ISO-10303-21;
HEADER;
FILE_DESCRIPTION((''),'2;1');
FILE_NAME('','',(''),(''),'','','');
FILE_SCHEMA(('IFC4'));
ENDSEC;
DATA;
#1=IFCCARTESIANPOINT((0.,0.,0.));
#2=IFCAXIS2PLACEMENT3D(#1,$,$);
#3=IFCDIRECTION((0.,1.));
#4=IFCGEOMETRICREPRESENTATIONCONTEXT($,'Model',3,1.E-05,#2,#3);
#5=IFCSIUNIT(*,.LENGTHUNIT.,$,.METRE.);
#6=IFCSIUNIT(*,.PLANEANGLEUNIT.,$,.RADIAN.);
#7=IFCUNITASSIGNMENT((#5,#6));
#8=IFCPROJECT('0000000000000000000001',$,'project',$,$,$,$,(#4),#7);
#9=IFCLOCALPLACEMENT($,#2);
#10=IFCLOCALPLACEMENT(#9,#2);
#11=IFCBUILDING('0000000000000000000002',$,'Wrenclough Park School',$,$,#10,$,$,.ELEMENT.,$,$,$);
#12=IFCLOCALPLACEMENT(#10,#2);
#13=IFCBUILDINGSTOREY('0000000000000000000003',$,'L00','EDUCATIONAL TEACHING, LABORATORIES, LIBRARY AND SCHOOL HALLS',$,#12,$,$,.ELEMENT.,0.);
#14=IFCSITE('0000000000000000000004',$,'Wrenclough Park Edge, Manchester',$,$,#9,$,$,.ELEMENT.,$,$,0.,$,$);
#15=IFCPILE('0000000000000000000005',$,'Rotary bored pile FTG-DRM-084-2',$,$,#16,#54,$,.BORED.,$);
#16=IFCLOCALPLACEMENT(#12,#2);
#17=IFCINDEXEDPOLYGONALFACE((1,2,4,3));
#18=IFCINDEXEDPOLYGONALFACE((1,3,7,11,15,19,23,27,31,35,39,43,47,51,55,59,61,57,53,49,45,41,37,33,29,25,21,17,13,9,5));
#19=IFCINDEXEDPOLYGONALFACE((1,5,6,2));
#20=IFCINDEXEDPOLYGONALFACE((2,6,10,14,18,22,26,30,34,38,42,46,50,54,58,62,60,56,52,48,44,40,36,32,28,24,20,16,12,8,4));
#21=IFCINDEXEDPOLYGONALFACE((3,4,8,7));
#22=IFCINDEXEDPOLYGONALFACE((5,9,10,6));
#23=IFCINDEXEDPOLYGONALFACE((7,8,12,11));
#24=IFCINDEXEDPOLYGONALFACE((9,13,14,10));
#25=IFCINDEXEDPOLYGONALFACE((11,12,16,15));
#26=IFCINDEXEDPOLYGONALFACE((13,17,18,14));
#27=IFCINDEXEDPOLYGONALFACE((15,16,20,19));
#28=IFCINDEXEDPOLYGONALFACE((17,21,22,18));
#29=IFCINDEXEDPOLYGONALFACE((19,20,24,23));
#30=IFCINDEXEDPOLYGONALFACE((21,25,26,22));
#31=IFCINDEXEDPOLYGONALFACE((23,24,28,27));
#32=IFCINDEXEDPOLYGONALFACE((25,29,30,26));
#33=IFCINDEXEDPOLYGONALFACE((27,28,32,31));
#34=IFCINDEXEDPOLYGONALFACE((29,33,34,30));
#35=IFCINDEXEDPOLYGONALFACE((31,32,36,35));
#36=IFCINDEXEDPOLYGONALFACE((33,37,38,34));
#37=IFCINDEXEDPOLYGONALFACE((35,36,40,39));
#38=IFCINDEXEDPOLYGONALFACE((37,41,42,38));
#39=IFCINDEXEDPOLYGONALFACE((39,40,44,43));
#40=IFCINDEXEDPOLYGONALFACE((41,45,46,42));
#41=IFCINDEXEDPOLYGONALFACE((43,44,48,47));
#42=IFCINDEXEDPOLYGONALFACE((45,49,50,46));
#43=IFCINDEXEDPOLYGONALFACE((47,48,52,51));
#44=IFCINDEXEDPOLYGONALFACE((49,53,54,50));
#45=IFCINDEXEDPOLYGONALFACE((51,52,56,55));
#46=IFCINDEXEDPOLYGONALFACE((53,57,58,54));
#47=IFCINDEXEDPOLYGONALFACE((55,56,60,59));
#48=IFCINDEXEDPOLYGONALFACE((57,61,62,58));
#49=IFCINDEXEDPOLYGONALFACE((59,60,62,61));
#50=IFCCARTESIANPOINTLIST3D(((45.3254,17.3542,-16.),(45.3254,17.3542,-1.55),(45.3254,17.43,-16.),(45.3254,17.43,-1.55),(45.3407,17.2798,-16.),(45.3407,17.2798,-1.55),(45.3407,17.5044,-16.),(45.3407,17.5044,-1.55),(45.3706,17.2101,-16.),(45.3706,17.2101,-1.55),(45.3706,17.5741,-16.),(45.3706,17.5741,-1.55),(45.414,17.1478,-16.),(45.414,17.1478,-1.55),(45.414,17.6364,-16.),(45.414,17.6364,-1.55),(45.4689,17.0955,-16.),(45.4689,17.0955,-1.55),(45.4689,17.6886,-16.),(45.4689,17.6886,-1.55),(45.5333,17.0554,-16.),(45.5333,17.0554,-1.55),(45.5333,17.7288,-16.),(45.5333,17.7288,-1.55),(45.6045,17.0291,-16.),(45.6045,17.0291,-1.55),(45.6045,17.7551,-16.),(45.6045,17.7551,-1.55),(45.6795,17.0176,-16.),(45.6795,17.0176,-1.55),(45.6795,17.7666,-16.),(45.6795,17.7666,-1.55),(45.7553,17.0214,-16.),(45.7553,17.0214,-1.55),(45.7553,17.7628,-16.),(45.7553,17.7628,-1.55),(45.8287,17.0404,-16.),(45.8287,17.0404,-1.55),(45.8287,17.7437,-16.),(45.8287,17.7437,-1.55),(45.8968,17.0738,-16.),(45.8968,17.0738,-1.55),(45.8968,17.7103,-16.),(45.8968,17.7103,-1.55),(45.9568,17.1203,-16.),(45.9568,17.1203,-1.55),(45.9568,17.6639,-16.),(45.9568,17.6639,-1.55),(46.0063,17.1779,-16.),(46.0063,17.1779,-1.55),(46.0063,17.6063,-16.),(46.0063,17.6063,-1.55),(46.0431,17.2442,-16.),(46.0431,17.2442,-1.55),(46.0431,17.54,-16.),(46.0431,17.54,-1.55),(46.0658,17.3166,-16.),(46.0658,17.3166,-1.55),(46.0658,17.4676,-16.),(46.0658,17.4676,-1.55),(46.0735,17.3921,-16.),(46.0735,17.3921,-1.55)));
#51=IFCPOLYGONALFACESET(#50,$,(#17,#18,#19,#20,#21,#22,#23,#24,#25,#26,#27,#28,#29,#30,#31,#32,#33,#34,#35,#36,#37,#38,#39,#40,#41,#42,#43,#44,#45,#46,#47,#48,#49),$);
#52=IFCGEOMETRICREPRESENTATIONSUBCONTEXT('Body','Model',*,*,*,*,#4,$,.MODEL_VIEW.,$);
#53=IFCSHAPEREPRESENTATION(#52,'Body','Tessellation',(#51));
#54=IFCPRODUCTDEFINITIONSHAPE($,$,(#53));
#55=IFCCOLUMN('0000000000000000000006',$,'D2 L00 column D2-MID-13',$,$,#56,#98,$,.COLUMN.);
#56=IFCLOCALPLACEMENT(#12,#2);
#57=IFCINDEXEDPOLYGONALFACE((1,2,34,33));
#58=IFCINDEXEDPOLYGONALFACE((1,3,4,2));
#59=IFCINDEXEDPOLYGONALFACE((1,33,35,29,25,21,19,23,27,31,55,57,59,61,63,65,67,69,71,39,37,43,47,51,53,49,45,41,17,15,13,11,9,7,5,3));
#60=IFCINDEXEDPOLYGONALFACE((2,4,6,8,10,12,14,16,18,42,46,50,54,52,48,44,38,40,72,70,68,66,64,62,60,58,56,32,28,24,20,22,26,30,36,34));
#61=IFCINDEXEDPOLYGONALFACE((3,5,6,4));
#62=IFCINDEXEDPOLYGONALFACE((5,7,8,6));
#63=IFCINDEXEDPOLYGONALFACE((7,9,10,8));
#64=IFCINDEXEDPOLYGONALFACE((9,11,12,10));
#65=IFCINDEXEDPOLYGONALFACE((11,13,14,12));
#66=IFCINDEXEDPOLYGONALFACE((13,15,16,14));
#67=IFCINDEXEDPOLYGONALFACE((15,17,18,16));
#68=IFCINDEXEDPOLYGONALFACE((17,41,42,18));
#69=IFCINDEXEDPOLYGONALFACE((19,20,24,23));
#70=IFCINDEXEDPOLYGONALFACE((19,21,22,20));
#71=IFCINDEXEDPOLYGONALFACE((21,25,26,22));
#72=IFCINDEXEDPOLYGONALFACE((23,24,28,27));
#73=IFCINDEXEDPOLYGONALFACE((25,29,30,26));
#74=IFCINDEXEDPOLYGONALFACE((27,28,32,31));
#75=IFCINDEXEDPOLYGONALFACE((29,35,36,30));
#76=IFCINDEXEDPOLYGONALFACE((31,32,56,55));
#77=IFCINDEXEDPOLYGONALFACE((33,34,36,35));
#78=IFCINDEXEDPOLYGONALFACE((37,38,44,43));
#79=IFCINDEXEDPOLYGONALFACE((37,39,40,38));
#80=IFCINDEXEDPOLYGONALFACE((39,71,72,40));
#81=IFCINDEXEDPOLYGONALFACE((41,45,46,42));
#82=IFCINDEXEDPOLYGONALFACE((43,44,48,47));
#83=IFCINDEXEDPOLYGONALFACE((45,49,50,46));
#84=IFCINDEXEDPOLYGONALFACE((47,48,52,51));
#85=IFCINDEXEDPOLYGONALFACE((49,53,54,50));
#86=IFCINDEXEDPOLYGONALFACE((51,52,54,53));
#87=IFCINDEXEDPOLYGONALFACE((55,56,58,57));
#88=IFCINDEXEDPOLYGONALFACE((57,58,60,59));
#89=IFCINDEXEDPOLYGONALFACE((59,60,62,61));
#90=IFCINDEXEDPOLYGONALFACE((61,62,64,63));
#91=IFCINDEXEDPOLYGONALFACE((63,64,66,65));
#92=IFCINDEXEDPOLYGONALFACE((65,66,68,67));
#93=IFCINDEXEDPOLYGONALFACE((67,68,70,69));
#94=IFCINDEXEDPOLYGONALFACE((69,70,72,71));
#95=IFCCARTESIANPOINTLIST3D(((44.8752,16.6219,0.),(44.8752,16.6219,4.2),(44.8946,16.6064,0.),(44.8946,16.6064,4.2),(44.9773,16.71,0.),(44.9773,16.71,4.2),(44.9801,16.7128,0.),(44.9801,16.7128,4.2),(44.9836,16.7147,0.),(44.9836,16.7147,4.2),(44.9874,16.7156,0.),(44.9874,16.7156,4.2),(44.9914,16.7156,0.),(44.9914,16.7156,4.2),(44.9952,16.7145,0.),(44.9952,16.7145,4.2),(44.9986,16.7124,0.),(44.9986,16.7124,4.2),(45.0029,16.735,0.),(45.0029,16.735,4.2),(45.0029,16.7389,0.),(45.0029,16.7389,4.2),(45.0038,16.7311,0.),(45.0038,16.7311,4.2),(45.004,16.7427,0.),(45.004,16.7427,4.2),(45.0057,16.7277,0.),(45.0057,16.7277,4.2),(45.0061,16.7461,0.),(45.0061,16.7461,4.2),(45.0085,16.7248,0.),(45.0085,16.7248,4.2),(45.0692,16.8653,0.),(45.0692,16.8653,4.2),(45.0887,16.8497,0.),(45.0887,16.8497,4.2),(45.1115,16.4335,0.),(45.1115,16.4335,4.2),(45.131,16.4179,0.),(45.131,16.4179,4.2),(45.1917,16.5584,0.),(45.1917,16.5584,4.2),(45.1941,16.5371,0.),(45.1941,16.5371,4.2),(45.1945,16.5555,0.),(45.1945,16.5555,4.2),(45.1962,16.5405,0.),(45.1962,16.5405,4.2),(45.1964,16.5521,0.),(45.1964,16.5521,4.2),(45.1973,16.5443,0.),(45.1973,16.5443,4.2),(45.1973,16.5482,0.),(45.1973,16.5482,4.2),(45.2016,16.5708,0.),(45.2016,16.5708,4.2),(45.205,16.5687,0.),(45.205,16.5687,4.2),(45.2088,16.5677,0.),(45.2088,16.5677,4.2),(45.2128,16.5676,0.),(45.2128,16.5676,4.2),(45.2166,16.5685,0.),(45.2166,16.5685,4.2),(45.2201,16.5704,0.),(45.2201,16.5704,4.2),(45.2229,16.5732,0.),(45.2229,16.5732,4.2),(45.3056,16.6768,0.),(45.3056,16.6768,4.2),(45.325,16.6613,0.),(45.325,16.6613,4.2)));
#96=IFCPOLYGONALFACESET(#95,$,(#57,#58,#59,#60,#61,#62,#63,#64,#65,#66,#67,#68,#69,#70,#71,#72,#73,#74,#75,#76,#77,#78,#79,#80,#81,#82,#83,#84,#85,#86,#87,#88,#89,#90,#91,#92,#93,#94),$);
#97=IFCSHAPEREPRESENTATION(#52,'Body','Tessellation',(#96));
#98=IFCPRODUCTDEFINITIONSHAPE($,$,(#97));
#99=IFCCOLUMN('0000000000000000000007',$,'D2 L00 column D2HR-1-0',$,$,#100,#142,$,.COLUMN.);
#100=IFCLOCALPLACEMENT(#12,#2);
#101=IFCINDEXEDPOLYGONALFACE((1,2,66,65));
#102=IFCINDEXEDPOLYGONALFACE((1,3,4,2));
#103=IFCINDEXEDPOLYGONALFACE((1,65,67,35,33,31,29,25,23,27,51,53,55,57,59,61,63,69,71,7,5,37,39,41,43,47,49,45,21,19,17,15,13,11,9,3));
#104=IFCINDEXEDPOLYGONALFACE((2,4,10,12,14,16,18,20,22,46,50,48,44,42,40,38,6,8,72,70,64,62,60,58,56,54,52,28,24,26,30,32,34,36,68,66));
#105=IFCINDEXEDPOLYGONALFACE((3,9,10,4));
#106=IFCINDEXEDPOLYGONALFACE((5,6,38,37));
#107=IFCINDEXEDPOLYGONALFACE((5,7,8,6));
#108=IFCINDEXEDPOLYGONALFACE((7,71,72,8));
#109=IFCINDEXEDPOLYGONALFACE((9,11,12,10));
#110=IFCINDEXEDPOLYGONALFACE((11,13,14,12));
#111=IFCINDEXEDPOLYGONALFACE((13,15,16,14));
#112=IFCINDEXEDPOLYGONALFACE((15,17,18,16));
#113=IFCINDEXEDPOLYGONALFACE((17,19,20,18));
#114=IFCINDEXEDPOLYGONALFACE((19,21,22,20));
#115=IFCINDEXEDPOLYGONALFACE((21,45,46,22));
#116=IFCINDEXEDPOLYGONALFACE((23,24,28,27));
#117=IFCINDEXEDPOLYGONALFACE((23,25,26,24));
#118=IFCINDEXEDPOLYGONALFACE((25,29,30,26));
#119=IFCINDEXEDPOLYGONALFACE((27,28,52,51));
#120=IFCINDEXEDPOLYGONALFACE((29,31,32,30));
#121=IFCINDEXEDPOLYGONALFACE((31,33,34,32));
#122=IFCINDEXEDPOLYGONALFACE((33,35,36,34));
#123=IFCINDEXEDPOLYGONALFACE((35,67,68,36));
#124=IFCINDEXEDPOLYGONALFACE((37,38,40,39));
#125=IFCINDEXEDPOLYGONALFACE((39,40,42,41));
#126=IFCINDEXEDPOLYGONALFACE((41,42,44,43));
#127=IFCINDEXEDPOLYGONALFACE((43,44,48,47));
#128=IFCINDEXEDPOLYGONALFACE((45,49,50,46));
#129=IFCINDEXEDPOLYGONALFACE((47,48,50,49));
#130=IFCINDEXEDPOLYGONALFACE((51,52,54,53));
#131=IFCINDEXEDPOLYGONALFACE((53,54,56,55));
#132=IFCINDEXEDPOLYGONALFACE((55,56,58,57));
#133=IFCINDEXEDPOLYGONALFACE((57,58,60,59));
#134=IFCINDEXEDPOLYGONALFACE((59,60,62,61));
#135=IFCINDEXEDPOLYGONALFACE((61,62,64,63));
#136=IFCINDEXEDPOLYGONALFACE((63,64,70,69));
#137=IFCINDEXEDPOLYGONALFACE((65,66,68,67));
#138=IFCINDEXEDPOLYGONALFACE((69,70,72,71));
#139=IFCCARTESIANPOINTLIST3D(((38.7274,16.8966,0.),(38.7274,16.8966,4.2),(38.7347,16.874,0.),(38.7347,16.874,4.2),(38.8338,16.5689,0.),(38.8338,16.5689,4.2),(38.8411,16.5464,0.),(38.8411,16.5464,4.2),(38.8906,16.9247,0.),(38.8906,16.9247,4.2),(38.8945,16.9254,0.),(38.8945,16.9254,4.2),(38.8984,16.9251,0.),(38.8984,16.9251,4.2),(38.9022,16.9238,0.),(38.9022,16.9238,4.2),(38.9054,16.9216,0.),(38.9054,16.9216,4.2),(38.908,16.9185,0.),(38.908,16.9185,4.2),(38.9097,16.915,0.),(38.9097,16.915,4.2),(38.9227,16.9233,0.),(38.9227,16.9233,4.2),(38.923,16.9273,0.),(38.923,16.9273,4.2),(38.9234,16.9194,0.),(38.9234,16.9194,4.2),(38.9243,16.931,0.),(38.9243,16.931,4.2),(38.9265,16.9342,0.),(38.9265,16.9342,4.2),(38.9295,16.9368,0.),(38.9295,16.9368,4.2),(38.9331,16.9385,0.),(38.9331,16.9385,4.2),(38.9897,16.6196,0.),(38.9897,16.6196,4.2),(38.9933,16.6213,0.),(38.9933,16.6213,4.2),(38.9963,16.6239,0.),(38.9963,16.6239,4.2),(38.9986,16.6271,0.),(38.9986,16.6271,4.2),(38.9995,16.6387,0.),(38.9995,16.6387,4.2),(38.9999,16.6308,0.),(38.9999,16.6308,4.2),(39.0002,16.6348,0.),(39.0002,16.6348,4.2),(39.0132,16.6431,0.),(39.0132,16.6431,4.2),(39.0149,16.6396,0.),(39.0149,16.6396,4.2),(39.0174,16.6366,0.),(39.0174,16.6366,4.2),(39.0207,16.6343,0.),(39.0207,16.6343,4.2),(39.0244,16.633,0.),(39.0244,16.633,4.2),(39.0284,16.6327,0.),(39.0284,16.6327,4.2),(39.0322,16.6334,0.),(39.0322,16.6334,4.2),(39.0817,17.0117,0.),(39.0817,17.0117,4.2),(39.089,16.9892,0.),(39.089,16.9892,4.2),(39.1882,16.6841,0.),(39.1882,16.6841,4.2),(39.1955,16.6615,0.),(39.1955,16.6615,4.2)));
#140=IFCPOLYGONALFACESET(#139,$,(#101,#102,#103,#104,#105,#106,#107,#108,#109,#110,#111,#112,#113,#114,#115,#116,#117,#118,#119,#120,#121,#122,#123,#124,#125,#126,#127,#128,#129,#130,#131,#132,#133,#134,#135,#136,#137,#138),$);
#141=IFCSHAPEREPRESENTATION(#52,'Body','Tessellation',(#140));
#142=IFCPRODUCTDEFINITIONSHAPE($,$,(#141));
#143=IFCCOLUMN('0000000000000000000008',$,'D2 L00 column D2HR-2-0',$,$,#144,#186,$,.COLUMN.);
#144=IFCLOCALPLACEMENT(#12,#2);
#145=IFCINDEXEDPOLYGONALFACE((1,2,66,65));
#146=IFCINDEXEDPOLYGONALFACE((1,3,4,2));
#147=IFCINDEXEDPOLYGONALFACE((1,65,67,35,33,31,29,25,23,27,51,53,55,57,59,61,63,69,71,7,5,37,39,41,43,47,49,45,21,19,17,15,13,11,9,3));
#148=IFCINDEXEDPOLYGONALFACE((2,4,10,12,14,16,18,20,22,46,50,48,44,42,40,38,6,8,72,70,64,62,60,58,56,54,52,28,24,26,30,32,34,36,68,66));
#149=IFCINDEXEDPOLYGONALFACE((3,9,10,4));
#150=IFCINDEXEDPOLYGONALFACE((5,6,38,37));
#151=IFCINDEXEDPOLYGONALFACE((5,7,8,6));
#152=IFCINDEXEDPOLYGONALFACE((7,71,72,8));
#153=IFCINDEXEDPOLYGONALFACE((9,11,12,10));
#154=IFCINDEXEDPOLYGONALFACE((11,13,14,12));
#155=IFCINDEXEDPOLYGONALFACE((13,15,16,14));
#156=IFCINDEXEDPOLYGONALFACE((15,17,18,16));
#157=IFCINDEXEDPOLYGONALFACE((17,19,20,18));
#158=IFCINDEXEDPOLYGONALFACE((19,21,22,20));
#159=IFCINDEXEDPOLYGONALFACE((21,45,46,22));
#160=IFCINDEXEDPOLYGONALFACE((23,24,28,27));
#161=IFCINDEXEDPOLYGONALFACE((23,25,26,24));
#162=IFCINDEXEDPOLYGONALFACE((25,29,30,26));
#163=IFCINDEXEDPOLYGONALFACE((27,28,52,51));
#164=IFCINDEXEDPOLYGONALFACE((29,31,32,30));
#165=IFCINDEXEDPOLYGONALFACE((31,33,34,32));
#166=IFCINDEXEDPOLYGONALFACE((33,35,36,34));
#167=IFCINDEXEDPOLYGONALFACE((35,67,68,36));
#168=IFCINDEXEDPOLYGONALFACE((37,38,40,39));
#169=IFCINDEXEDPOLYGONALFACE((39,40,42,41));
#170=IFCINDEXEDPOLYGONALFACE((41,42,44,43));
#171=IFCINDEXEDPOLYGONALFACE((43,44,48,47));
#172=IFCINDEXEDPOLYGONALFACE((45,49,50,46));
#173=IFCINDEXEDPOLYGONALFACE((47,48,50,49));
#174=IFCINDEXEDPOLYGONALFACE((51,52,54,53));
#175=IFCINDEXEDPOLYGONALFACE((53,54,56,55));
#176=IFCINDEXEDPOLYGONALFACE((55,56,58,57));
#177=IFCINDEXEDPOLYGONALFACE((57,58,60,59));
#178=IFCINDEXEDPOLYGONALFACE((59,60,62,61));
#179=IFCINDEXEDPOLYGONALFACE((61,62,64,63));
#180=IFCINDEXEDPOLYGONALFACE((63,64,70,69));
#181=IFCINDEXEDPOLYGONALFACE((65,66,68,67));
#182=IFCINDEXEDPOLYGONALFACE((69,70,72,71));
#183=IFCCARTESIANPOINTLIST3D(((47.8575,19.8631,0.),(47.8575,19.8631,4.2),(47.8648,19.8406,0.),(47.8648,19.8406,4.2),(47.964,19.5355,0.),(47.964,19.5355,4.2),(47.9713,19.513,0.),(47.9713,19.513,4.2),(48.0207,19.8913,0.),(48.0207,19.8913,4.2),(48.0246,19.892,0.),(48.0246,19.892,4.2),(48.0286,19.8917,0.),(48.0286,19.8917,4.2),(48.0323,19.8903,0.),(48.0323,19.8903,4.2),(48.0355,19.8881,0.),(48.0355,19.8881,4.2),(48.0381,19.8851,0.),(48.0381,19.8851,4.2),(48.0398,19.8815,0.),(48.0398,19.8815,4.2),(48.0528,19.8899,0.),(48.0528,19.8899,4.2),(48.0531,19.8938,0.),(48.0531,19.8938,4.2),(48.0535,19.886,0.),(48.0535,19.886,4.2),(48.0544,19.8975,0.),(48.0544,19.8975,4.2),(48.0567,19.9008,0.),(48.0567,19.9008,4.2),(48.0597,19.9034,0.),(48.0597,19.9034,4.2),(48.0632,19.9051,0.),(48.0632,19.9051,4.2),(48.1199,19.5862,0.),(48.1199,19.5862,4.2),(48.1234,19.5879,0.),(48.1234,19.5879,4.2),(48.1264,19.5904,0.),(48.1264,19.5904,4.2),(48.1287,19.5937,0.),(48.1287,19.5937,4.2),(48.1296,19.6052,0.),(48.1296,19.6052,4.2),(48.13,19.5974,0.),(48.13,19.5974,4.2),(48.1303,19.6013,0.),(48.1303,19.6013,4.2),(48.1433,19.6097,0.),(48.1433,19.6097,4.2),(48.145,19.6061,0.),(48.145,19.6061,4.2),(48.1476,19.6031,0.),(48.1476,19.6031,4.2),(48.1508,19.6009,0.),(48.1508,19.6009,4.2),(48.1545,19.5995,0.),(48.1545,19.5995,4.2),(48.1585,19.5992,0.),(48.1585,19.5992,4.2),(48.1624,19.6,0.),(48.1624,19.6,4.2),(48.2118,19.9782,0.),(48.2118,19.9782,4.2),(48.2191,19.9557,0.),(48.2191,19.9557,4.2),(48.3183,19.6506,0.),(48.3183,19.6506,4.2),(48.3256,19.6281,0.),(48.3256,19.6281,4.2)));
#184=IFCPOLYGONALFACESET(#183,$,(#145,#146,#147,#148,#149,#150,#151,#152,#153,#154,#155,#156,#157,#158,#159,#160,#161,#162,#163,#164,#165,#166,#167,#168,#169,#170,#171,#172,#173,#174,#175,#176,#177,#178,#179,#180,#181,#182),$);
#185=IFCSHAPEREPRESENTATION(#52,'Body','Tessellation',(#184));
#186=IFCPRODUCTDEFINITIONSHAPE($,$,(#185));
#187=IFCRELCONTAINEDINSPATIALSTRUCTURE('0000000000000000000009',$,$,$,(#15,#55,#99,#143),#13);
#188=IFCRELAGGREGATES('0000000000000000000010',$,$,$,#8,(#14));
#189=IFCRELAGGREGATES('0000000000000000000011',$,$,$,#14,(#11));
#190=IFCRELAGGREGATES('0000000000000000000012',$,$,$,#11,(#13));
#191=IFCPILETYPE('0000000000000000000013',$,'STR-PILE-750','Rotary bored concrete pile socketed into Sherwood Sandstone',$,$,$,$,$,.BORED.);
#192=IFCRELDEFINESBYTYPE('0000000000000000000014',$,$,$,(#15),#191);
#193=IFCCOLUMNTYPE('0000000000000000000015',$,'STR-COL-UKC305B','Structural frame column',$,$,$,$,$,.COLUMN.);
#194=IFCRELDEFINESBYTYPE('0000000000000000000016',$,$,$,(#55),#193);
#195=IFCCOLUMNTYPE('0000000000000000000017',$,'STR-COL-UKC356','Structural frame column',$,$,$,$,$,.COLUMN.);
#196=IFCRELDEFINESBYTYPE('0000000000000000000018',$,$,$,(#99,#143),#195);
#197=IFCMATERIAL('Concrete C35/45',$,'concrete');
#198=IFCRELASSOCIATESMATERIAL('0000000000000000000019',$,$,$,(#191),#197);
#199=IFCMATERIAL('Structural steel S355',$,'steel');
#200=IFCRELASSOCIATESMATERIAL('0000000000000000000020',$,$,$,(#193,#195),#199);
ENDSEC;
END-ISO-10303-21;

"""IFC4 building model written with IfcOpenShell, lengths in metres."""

from ifc_helpers import new_model, si_unit, direction, frame, origin, origin_2d, place, context, subcontext, project, spatial, circle, i_section, extrude, material, material_profile, profile_set, type_object, element, save


model = new_model("IFC4")

# Units and contexts
model_context = context("Model", 3, precision=1e-05, world=origin(), true_north=direction((0.0, 1.0)))
body_context = subcontext(model_context, "Body", "Model", "MODEL_VIEW")
ifc_project = project(units=[si_unit("LENGTHUNIT", "METRE"), si_unit("PLANEANGLEUNIT", "RADIAN")], contexts=[model_context])

# Site, building, storey
site_placement = place(None, origin())
site = spatial("IfcSite", under=ifc_project, at=site_placement, Name="Wrenclough Park Edge, Manchester", CompositionType="ELEMENT", RefElevation=0.0)
building_placement = place(site_placement, origin())
building = spatial("IfcBuilding", under=site, at=building_placement, Name="Wrenclough Park School", CompositionType="ELEMENT")
storey_placement = place(building_placement, origin())
storey = spatial("IfcBuildingStorey", under=building, at=storey_placement, Name="L00", Description="EDUCATIONAL TEACHING, LABORATORIES, LIBRARY AND SCHOOL HALLS", CompositionType="ELEMENT", Elevation=0.0)

# Shared definitions
ifc_material_1 = material(Name="Concrete C35/45", Category="concrete")

# Pile
ifc_material_profile_1 = material_profile(ifc_material_1, circle(Radius=0.375, at=origin_2d()), Name="BORED PILE D750")
ifc_profile_set_1 = profile_set([ifc_material_profile_1], Name="Concrete C35/45")
pile_type = type_object("IfcPileType", Name="STR-PILE-750", Description="Rotary bored concrete pile socketed into Sherwood Sandstone", PredefinedType="BORED", material=ifc_profile_set_1)
for number, where, z_axis, x_axis, name in (
    (1, (45.6985, 17.3921, -1.55), (0.0, 0.0, -1.0), (1.0, 0.0, 0.0), "Rotary bored pile FTG-DRM-084-2"),
):
    element("IfcPile", number, at=place(storey_placement, frame(where, z_axis=z_axis, x_axis=x_axis)), inside=storey, type_object=pile_type, Name=name, PredefinedType="BORED", context=body_context, shape_type="SweptSolid", body=[
        extrude(circle(Radius=0.375, at=origin_2d()), origin(), (0.0, 0.0, 1.0), 14.45),
    ])

# Columns
ifc_material_2 = material(Name="Structural steel S355", Category="steel")
ifc_material_profile_2 = material_profile(ifc_material_2, i_section(OverallWidth=0.3113, OverallDepth=0.3271, WebThickness=0.0159, FlangeThickness=0.0249, FilletRadius=0.0151, at=origin_2d()), Name="UKC 305x305x158")
ifc_profile_set_2 = profile_set([ifc_material_profile_2], Name="Structural steel S355")
column_type_1 = type_object("IfcColumnType", Name="STR-COL-UKC305B", Description="Structural frame column", PredefinedType="COLUMN", material=ifc_profile_set_2)
column_placement = place(storey_placement, frame((45.1001, 16.6416, 0.0), z_axis=(0.0, 0.0, 1.0), x_axis=(0.62347, 0.781847, 0.0)))
element("IfcColumn", 2, at=column_placement, inside=storey, type_object=column_type_1, Name="D2 L00 column D2-MID-13", PredefinedType="COLUMN", context=body_context, shape_type="SweptSolid", body=[
    extrude(i_section(OverallWidth=0.3113, OverallDepth=0.3271, WebThickness=0.0159, FlangeThickness=0.0249, FilletRadius=0.0151, at=origin_2d()), origin(), (0.0, 0.0, 1.0), 4.2),
])
ifc_material_profile_3 = material_profile(ifc_material_2, i_section(OverallWidth=0.3726, OverallDepth=0.3682, WebThickness=0.0144, FlangeThickness=0.0237, FilletRadius=0.0151, at=origin_2d()), Name="UKC 356x368x177")
ifc_profile_set_3 = profile_set([ifc_material_profile_3], Name="Structural steel S355")
column_type_2 = type_object("IfcColumnType", Name="STR-COL-UKC356", Description="Structural frame column", PredefinedType="COLUMN", material=ifc_profile_set_3)
for number, where, z_axis, x_axis, name in (
    (3, (38.9614, 16.7791, 0.0), (0.0, 0.0, 1.0), (0.951057, 0.309017, 0.0), "D2 L00 column D2HR-1-0"),
    (4, (48.0916, 19.7456, 0.0), (0.0, 0.0, 1.0), (0.951057, 0.309017, 0.0), "D2 L00 column D2HR-2-0"),
):
    element("IfcColumn", number, at=place(storey_placement, frame(where, z_axis=z_axis, x_axis=x_axis)), inside=storey, type_object=column_type_2, Name=name, PredefinedType="COLUMN", context=body_context, shape_type="SweptSolid", body=[
        extrude(i_section(OverallWidth=0.3726, OverallDepth=0.3682, WebThickness=0.0144, FlangeThickness=0.0237, FilletRadius=0.0151, at=origin_2d()), origin(), (0.0, 0.0, 1.0), 4.2),
    ])

save(model, "model.ifc")
